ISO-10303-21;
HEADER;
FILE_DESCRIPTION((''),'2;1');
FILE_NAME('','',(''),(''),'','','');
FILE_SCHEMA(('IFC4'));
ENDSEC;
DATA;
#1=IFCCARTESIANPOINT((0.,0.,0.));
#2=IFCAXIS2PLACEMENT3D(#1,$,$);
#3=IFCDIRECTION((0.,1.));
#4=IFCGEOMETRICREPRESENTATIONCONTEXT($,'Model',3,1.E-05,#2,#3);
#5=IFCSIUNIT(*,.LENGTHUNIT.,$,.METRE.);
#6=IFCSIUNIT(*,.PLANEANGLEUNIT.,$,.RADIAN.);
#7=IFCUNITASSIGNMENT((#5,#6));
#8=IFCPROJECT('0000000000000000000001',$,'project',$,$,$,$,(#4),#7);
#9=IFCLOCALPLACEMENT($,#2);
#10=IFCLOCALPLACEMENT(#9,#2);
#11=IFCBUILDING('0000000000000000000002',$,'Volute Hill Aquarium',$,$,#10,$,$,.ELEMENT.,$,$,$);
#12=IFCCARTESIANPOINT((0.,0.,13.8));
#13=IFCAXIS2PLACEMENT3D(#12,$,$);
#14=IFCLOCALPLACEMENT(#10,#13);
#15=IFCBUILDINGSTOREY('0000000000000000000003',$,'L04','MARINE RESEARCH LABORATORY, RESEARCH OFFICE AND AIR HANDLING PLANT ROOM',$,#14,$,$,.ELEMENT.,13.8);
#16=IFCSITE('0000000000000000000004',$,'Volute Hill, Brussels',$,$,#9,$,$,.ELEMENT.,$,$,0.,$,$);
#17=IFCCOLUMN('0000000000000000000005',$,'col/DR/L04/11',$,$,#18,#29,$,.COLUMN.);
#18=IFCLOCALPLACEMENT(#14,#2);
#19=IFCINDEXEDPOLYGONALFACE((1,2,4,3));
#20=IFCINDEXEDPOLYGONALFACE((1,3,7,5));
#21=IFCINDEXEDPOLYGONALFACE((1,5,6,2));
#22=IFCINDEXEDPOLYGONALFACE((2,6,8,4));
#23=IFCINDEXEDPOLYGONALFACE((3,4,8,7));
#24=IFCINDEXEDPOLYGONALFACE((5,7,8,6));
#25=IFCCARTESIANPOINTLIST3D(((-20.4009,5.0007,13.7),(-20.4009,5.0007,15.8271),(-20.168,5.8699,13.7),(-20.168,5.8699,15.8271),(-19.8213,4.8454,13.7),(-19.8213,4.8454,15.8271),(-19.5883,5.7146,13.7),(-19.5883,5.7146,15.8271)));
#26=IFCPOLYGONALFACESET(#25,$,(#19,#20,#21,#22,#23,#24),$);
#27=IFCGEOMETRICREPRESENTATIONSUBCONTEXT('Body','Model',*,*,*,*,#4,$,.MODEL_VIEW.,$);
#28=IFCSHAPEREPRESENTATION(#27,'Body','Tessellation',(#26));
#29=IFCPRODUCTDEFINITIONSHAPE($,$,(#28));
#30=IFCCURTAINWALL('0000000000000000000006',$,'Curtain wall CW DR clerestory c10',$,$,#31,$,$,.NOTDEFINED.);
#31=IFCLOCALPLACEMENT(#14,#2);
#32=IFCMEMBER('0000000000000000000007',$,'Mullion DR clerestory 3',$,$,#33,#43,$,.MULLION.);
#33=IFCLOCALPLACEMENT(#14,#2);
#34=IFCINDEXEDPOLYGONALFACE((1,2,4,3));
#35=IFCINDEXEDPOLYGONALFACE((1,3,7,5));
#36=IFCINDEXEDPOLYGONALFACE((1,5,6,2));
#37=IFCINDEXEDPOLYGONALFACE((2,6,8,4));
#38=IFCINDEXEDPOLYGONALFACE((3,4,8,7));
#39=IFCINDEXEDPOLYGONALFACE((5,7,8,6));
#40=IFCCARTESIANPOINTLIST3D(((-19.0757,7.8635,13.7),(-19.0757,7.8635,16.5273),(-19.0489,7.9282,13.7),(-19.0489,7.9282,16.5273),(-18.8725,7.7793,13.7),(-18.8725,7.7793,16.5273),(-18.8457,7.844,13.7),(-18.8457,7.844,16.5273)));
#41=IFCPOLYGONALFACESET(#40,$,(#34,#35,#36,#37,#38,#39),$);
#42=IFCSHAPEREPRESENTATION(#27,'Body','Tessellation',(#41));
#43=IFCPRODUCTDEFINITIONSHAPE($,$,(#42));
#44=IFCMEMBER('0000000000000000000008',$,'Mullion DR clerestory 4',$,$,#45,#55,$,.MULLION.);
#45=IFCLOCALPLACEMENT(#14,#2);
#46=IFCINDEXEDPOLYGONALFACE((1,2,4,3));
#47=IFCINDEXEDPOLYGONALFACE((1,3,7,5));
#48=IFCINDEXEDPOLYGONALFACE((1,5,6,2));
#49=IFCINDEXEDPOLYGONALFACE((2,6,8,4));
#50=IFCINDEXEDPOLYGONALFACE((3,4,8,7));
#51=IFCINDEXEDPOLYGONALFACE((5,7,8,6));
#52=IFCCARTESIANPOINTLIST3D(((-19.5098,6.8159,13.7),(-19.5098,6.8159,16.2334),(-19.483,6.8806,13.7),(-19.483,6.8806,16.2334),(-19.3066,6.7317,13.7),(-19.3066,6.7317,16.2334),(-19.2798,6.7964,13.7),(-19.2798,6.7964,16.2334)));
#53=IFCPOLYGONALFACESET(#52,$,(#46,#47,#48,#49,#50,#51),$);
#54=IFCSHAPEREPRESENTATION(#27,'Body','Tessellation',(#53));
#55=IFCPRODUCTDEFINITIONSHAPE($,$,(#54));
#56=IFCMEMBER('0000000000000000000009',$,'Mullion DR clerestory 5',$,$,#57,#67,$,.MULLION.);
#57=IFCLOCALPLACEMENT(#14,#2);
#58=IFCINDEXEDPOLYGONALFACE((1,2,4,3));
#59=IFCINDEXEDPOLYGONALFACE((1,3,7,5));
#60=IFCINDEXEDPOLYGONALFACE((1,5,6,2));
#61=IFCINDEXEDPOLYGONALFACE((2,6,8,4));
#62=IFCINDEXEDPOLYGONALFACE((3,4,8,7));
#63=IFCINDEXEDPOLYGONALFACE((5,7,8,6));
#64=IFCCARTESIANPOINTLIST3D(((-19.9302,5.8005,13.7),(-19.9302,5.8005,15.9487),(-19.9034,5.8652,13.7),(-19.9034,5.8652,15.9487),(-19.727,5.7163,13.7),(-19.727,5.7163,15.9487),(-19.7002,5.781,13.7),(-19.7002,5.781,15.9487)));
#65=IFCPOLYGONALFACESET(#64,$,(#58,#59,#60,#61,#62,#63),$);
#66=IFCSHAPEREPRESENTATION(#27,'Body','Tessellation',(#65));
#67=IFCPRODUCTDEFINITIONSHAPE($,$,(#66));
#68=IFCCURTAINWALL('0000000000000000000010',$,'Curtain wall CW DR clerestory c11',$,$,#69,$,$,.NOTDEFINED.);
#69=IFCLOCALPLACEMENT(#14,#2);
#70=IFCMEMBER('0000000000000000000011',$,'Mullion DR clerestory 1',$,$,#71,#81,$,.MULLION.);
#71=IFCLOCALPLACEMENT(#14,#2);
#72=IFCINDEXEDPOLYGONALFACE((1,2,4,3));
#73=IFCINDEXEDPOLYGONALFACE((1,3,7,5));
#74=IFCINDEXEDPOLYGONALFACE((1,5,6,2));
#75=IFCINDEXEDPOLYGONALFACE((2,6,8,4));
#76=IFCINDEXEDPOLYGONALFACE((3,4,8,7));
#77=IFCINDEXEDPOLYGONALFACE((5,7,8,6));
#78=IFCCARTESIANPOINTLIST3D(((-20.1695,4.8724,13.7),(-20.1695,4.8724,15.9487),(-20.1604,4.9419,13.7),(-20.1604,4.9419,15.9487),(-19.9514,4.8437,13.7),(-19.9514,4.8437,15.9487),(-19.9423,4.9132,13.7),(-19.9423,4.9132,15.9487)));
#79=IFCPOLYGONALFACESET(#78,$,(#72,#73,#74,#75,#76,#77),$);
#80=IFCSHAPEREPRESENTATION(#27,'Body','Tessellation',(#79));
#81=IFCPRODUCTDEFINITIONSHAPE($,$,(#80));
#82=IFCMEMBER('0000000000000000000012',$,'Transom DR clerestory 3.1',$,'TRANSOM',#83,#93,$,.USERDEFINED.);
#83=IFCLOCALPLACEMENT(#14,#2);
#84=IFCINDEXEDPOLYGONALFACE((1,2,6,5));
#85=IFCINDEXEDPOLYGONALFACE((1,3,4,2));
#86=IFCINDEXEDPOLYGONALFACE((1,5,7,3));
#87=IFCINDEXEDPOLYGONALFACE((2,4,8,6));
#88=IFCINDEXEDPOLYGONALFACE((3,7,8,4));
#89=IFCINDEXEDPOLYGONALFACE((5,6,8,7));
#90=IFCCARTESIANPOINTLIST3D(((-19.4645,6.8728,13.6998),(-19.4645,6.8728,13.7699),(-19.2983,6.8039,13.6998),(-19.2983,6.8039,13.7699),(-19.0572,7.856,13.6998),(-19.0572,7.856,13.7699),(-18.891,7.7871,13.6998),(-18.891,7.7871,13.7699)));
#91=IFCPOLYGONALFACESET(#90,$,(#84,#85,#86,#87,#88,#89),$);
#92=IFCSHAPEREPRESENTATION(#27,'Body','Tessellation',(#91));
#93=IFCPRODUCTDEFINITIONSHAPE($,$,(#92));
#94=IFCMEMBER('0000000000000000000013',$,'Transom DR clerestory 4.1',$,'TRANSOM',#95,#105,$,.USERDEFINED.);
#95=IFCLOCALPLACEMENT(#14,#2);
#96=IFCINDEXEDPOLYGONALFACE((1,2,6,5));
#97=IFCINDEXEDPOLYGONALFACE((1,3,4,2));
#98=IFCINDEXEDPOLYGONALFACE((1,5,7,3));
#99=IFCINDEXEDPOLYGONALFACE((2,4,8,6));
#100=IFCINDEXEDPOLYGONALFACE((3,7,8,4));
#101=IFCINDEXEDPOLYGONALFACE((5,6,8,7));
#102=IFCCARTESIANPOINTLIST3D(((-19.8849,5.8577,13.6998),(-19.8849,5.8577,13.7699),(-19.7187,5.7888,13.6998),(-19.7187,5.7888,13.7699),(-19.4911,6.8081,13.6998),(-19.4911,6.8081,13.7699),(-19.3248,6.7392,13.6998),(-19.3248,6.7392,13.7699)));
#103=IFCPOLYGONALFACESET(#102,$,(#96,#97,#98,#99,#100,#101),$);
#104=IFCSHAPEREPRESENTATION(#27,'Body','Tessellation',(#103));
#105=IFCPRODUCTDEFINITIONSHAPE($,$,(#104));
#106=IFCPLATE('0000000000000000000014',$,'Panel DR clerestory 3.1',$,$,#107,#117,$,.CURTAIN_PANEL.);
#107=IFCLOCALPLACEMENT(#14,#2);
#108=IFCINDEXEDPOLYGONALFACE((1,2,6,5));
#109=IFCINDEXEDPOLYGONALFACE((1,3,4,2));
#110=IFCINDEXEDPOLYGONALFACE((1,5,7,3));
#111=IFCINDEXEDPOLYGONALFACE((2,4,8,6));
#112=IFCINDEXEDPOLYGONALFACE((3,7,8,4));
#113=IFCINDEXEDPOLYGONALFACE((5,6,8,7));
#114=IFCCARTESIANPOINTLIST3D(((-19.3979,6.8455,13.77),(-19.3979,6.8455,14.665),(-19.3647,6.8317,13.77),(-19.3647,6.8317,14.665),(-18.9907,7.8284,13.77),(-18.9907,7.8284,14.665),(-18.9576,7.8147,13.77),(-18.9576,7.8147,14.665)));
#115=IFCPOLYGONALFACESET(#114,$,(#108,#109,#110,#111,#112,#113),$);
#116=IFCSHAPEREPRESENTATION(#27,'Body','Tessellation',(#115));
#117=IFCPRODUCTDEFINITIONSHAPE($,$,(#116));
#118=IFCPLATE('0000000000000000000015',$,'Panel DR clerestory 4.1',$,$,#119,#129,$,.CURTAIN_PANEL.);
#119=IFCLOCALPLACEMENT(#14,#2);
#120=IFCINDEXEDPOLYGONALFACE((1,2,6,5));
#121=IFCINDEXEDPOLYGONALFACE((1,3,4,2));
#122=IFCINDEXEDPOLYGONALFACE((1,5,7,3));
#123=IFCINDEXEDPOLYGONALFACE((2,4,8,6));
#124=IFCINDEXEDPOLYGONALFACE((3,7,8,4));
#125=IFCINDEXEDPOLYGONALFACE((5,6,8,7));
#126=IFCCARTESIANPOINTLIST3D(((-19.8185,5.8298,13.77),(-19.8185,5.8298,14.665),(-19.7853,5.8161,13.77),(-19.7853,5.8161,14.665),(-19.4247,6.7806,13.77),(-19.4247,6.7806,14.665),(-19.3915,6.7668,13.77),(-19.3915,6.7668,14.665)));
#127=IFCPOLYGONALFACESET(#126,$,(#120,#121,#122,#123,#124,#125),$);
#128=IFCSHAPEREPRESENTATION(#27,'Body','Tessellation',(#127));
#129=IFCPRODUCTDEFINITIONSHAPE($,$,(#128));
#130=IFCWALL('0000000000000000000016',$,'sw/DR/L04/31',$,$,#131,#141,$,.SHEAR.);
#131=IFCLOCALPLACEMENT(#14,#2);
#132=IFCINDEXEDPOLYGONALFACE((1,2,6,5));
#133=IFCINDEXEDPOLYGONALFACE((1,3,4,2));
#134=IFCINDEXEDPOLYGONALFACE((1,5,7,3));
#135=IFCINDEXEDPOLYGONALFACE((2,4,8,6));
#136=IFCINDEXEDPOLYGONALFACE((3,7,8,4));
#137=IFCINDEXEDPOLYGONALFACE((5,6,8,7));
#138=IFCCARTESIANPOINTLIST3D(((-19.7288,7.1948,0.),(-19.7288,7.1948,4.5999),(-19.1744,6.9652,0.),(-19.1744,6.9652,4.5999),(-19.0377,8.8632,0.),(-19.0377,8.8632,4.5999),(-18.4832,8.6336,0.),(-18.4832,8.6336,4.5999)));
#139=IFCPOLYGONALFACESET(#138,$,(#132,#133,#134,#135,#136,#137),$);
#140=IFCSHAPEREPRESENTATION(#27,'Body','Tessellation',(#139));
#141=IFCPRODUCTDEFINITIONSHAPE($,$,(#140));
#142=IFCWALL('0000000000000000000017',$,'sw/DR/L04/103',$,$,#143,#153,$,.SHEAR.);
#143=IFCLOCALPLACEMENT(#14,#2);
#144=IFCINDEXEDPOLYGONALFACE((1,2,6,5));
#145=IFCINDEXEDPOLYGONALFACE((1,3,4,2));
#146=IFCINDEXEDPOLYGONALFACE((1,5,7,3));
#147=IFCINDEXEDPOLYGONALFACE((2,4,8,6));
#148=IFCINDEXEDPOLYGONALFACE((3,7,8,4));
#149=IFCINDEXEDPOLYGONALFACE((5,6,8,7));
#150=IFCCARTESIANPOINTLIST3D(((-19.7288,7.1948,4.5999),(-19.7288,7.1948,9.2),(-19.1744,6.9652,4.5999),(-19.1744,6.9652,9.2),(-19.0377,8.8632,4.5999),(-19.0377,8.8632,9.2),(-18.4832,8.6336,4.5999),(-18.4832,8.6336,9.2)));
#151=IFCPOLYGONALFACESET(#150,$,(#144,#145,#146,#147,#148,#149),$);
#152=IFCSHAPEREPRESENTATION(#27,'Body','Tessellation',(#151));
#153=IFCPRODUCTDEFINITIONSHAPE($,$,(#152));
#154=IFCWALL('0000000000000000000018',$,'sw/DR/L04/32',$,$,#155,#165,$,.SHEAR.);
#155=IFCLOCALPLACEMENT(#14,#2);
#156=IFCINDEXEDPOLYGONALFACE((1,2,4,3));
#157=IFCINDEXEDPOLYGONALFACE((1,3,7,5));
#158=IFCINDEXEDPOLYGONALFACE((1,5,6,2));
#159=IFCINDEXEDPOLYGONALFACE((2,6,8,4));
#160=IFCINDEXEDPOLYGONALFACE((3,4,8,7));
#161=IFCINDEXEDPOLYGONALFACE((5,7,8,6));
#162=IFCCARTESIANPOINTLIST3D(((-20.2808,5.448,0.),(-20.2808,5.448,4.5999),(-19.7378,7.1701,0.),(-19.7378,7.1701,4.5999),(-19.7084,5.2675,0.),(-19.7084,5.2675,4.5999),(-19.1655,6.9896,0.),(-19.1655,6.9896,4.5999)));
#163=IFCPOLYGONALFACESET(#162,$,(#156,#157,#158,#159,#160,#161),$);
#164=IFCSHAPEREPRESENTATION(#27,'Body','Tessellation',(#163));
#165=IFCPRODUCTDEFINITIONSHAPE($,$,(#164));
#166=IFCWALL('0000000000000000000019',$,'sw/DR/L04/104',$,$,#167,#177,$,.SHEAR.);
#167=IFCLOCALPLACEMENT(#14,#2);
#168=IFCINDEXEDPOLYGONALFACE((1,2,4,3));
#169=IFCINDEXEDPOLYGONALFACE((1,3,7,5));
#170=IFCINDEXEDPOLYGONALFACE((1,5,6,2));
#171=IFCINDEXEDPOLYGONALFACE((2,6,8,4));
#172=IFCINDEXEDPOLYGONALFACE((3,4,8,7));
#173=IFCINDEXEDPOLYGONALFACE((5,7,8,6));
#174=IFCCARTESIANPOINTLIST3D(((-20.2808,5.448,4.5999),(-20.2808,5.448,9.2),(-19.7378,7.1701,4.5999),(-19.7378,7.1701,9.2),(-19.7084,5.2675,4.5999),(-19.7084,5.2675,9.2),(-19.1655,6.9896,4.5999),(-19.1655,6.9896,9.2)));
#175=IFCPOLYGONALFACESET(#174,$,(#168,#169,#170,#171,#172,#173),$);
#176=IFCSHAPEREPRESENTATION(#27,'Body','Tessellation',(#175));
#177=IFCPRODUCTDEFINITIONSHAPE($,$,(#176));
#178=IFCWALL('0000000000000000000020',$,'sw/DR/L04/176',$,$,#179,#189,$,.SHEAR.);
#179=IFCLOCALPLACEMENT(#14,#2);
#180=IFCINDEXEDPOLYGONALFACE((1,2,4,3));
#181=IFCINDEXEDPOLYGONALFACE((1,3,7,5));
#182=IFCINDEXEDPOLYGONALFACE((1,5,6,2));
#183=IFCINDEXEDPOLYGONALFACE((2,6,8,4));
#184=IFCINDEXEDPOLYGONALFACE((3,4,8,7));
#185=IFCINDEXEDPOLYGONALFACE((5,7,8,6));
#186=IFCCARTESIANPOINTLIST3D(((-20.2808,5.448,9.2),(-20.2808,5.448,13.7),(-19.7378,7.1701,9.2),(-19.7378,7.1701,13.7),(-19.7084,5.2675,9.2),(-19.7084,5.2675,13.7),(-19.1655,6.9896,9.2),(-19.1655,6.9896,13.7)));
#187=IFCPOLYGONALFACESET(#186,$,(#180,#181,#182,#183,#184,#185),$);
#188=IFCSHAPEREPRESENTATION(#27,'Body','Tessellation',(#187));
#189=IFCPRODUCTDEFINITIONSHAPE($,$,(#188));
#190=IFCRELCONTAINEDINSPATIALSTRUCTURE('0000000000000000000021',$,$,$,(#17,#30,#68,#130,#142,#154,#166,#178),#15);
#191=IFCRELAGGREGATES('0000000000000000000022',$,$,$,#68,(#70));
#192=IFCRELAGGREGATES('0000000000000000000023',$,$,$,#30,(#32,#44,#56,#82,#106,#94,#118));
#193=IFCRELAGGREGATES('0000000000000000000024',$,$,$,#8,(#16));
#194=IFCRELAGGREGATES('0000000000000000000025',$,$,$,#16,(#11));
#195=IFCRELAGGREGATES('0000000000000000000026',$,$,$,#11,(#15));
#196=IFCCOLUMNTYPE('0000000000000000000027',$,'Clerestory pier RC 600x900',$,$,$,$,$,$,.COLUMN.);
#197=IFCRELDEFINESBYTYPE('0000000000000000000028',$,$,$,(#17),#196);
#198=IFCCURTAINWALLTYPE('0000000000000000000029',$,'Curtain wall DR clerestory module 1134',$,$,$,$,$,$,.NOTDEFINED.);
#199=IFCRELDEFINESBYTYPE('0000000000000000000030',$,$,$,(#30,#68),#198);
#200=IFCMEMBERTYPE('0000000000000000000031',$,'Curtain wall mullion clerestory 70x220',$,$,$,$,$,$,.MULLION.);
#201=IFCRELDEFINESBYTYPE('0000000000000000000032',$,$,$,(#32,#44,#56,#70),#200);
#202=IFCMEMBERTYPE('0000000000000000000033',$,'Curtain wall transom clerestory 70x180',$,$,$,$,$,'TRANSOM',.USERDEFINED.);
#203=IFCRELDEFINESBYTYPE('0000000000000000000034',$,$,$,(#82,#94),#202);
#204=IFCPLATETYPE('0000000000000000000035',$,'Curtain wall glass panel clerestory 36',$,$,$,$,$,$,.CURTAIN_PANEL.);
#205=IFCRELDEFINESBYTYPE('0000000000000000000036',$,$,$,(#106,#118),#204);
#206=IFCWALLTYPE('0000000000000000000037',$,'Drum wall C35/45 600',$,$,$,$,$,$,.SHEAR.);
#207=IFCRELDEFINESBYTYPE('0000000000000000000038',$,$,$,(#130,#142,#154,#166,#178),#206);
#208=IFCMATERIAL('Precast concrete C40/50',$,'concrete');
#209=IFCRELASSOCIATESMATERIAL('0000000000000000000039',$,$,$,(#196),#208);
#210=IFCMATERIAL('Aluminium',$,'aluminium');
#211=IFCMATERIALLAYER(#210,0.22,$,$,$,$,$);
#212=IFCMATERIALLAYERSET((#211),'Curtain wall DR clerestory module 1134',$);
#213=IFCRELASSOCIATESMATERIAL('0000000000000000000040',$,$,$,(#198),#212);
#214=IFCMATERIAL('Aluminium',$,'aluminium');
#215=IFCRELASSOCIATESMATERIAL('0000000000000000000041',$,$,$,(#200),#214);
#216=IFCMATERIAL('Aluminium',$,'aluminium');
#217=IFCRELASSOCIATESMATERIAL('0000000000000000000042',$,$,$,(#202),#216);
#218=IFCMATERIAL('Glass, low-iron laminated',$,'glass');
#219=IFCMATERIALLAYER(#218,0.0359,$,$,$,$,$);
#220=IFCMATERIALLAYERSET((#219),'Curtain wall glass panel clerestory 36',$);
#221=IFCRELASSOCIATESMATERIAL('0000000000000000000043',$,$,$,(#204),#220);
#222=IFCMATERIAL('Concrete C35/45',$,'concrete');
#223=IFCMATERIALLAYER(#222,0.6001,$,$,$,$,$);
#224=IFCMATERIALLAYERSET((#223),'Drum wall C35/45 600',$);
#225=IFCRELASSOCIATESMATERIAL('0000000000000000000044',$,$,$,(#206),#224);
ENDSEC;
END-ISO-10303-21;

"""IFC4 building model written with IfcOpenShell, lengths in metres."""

from ifc_helpers import new_model, si_unit, direction, frame, frame_2d, origin, origin_2d, place, context, subcontext, project, spatial, rectangle, extrude, material, layer, layer_set, material_profile, profile_set, type_object, element, aggregate, save


model = new_model("IFC4")

# Units and contexts
model_context = context("Model", 3, precision=1e-05, world=origin(), true_north=direction((0.0, 1.0)))
body_context = subcontext(model_context, "Body", "Model", "MODEL_VIEW")
ifc_project = project(units=[si_unit("LENGTHUNIT", "METRE"), si_unit("PLANEANGLEUNIT", "RADIAN")], contexts=[model_context])

# Site, building, storey
site_placement = place(None, origin())
site = spatial("IfcSite", under=ifc_project, at=site_placement, Name="Volute Hill, Brussels", CompositionType="ELEMENT", RefElevation=0.0)
building_placement = place(site_placement, origin())
building = spatial("IfcBuilding", under=site, at=building_placement, Name="Volute Hill Aquarium", CompositionType="ELEMENT")
storey_placement = place(building_placement, frame((0.0, 0.0, 13.8)))
storey = spatial("IfcBuildingStorey", under=building, at=storey_placement, Name="L04", Description="MARINE RESEARCH LABORATORY, RESEARCH OFFICE AND AIR HANDLING PLANT ROOM", CompositionType="ELEMENT", Elevation=13.8)

# Column
ifc_material_1 = material(Name="Precast concrete C40/50", Category="concrete")
ifc_material_profile_1 = material_profile(ifc_material_1, rectangle(XDim=0.6001, YDim=0.8999, at=origin_2d()), Name="RC pier 600x900")
ifc_profile_set_1 = profile_set([ifc_material_profile_1], Name="Precast concrete C40/50")
column_type = type_object("IfcColumnType", Name="Clerestory pier RC 600x900", PredefinedType="COLUMN", material=ifc_profile_set_1)
column_placement = place(storey_placement, frame((-19.9946, 5.3577, 13.7), z_axis=(0.0, 0.0, 1.0), x_axis=(-0.965926, 0.258819, 0.0)))
element("IfcColumn", 1, at=column_placement, inside=storey, type_object=column_type, Name="col/DR/L04/11", PredefinedType="COLUMN", context=body_context, shape_type="SweptSolid", body=[
    extrude(rectangle(XDim=0.6001, YDim=0.8999, at=origin_2d()), origin(), (0.0, 0.0, 1.0), 2.1272),
])

# Curtain wall, members
ifc_material_2 = material(Name="Aluminium", Category="aluminium")
ifc_layer_1 = layer(ifc_material_2, 0.22)
ifc_layer_set_1 = layer_set([ifc_layer_1], Name="Curtain wall DR clerestory module 1134")
curtain_wall_type = type_object("IfcCurtainWallType", Name="Curtain wall DR clerestory module 1134", PredefinedType="NOTDEFINED", material=ifc_layer_set_1)
curtain_wall_1_placement = place(storey_placement, origin())
curtain_wall_1 = element("IfcCurtainWall", 2, at=curtain_wall_1_placement, inside=storey, type_object=curtain_wall_type, Name="Curtain wall CW DR clerestory c10", PredefinedType="NOTDEFINED")
ifc_material_3 = material(Name="Aluminium", Category="aluminium")
ifc_material_profile_2 = material_profile(ifc_material_3, rectangle(XDim=0.22, YDim=0.0701, at=origin_2d()), Name="Curtain wall mullion clerestory 70x220")
ifc_profile_set_2 = profile_set([ifc_material_profile_2], Name="Aluminium")
member_type_1 = type_object("IfcMemberType", Name="Curtain wall mullion clerestory 70x220", PredefinedType="MULLION", material=ifc_profile_set_2)
member_1_placement = place(storey_placement, frame((-18.9607, 7.8538, 13.7), z_axis=(0.0, 0.0, 1.0), x_axis=(0.923874, -0.382696, 0.0)))
member_1 = element("IfcMember", 3, at=member_1_placement, type_object=member_type_1, Name="Mullion DR clerestory 3", PredefinedType="MULLION", context=body_context, shape_type="SweptSolid", body=[
    extrude(rectangle(XDim=0.22, YDim=0.0701, at=origin_2d()), origin(), (0.0, 0.0, 1.0), 2.8274),
])
member_2_placement = place(storey_placement, frame((-19.3948, 6.8062, 13.7), z_axis=(0.0, 0.0, 1.0), x_axis=(0.923874, -0.382696, 0.0)))
member_2 = element("IfcMember", 4, at=member_2_placement, type_object=member_type_1, Name="Mullion DR clerestory 4", PredefinedType="MULLION", context=body_context, shape_type="SweptSolid", body=[
    extrude(rectangle(XDim=0.22, YDim=0.0701, at=origin_2d()), origin(), (0.0, 0.0, 1.0), 2.5334),
])
member_3_placement = place(storey_placement, frame((-19.8152, 5.7908, 13.7), z_axis=(0.0, 0.0, 1.0), x_axis=(0.923874, -0.382696, 0.0)))
member_3 = element("IfcMember", 5, at=member_3_placement, type_object=member_type_1, Name="Mullion DR clerestory 5", PredefinedType="MULLION", context=body_context, shape_type="SweptSolid", body=[
    extrude(rectangle(XDim=0.22, YDim=0.0701, at=origin_2d()), origin(), (0.0, 0.0, 1.0), 2.2488),
])

# Curtain wall, member
curtain_wall_2_placement = place(storey_placement, origin())
curtain_wall_2 = element("IfcCurtainWall", 6, at=curtain_wall_2_placement, inside=storey, type_object=curtain_wall_type, Name="Curtain wall CW DR clerestory c11", PredefinedType="NOTDEFINED")
member_4_placement = place(storey_placement, frame((-20.0559, 4.8928, 13.7), z_axis=(0.0, 0.0, 1.0), x_axis=(0.991446, -0.130519, 0.0)))
member_4 = element("IfcMember", 7, at=member_4_placement, type_object=member_type_1, Name="Mullion DR clerestory 1", PredefinedType="MULLION", context=body_context, shape_type="SweptSolid", body=[
    extrude(rectangle(XDim=0.22, YDim=0.0701, at=origin_2d()), origin(), (0.0, 0.0, 1.0), 2.2488),
])
aggregate(curtain_wall_2, [member_4])

# Members
ifc_material_4 = material(Name="Aluminium", Category="aluminium")
ifc_material_profile_3 = material_profile(ifc_material_4, rectangle(XDim=0.1799, YDim=0.0701, at=origin_2d()), Name="Curtain wall transom clerestory 70x180")
ifc_profile_set_3 = profile_set([ifc_material_profile_3], Name="Aluminium")
member_type_2 = type_object("IfcMemberType", Name="Curtain wall transom clerestory 70x180", ElementType="TRANSOM", PredefinedType="USERDEFINED", material=ifc_profile_set_3)
member_5_placement = place(storey_placement, frame((-18.9741, 7.8215, 13.7349), z_axis=(-0.382676, -0.923883, 0.0), x_axis=(0.923883, -0.382676, 0.0)))
member_5 = element("IfcMember", 8, at=member_5_placement, type_object=member_type_2, Name="Transom DR clerestory 3.1", ObjectType="TRANSOM", PredefinedType="USERDEFINED", context=body_context, shape_type="SweptSolid", body=[
    extrude(rectangle(XDim=0.1799, YDim=0.0701, at=origin_2d()), origin(), (0.0, 0.0, 1.0), 1.0642),
])
member_6_placement = place(storey_placement, frame((-19.408, 6.7737, 13.7349), z_axis=(-0.382778, -0.92384, 0.0), x_axis=(0.92384, -0.382778, 0.0)))
member_6 = element("IfcMember", 9, at=member_6_placement, type_object=member_type_2, Name="Transom DR clerestory 4.1", ObjectType="TRANSOM", PredefinedType="USERDEFINED", context=body_context, shape_type="SweptSolid", body=[
    extrude(rectangle(XDim=0.1799, YDim=0.0701, at=origin_2d()), origin(), (0.0, 0.0, 1.0), 1.0288),
])

# Plates
ifc_material_5 = material(Name="Glass, low-iron laminated", Category="glass")
ifc_layer_2 = layer(ifc_material_5, 0.0359)
ifc_layer_set_2 = layer_set([ifc_layer_2], Name="Curtain wall glass panel clerestory 36")
plate_type = type_object("IfcPlateType", Name="Curtain wall glass panel clerestory 36", PredefinedType="CURTAIN_PANEL", material=ifc_layer_set_2)
plate_1_placement = place(storey_placement, frame((-19.1777, 7.3301, 13.77), z_axis=(0.0, 0.0, 1.0), x_axis=(-0.382696, -0.923874, 0.0)))
plate_1 = element("IfcPlate", 10, at=plate_1_placement, type_object=plate_type, Name="Panel DR clerestory 3.1", PredefinedType="CURTAIN_PANEL", context=body_context, shape_type="SweptSolid", body=[
    extrude(rectangle(XDim=1.064, YDim=0.0359, at=origin_2d()), origin(), (0.0, 0.0, 1.0), 0.895),
])
plate_2_placement = place(storey_placement, frame((-19.605, 6.2983, 13.77), z_axis=(0.0, 0.0, 1.0), x_axis=(-0.382696, -0.923874, 0.0)))
plate_2 = element("IfcPlate", 11, at=plate_2_placement, type_object=plate_type, Name="Panel DR clerestory 4.1", PredefinedType="CURTAIN_PANEL", context=body_context, shape_type="SweptSolid", body=[
    extrude(rectangle(XDim=1.0291, YDim=0.0359, at=origin_2d()), origin(), (0.0, 0.0, 1.0), 0.895),
])
aggregate(curtain_wall_1, [member_1, member_2, member_3, member_5, plate_1, member_6, plate_2])

# Walls
ifc_material_6 = material(Name="Concrete C35/45", Category="concrete")
ifc_layer_3 = layer(ifc_material_6, 0.6001)
ifc_layer_set_3 = layer_set([ifc_layer_3], Name="Drum wall C35/45 600")
wall_type = type_object("IfcWallType", Name="Drum wall C35/45 600", PredefinedType="SHEAR", material=ifc_layer_set_3)
wall_1_placement = place(storey_placement, frame((-18.7605, 8.7483, 0.0), z_axis=(0.0, 0.0, 1.0), x_axis=(-0.382714, -0.923867, 0.0)))
element("IfcWall", 12, at=wall_1_placement, inside=storey, type_object=wall_type, Name="sw/DR/L04/31", PredefinedType="SHEAR", context=body_context, shape_type="SweptSolid", body=[
    extrude(rectangle(XDim=1.8059, YDim=0.6001, at=frame_2d((0.9028, 0.0))), origin(), (0.0, 0.0, 1.0), 4.5999),
])
wall_2_placement = place(storey_placement, frame((-18.7605, 8.7483, 4.5999), z_axis=(0.0, 0.0, 1.0), x_axis=(-0.382714, -0.923867, 0.0)))
element("IfcWall", 13, at=wall_2_placement, inside=storey, type_object=wall_type, Name="sw/DR/L04/103", PredefinedType="SHEAR", context=body_context, shape_type="SweptSolid", body=[
    extrude(rectangle(XDim=1.8059, YDim=0.6001, at=frame_2d((0.9028, 0.0))), origin(), (0.0, 0.0, 1.0), 4.6001),
])
wall_3_placement = place(storey_placement, frame((-19.4517, 7.0798, 0.0), z_axis=(0.0, 0.0, 1.0), x_axis=(-0.300691, -0.953722, 0.0)))
element("IfcWall", 14, at=wall_3_placement, inside=storey, type_object=wall_type, Name="sw/DR/L04/32", PredefinedType="SHEAR", context=body_context, shape_type="SweptSolid", body=[
    extrude(rectangle(XDim=1.8057, YDim=0.6001, at=frame_2d((0.9028, 0.0))), origin(), (0.0, 0.0, 1.0), 4.5999),
])
wall_4_placement = place(storey_placement, frame((-19.4517, 7.0798, 4.5999), z_axis=(0.0, 0.0, 1.0), x_axis=(-0.300691, -0.953722, 0.0)))
element("IfcWall", 15, at=wall_4_placement, inside=storey, type_object=wall_type, Name="sw/DR/L04/104", PredefinedType="SHEAR", context=body_context, shape_type="SweptSolid", body=[
    extrude(rectangle(XDim=1.8057, YDim=0.6001, at=frame_2d((0.9028, 0.0))), origin(), (0.0, 0.0, 1.0), 4.6001),
])
wall_5_placement = place(storey_placement, frame((-19.4517, 7.0798, 9.2), z_axis=(0.0, 0.0, 1.0), x_axis=(-0.300691, -0.953722, 0.0)))
element("IfcWall", 16, at=wall_5_placement, inside=storey, type_object=wall_type, Name="sw/DR/L04/176", PredefinedType="SHEAR", context=body_context, shape_type="SweptSolid", body=[
    extrude(rectangle(XDim=1.8057, YDim=0.6001, at=frame_2d((0.9028, 0.0))), origin(), (0.0, 0.0, 1.0), 4.5),
])

save(model, "model.ifc")
